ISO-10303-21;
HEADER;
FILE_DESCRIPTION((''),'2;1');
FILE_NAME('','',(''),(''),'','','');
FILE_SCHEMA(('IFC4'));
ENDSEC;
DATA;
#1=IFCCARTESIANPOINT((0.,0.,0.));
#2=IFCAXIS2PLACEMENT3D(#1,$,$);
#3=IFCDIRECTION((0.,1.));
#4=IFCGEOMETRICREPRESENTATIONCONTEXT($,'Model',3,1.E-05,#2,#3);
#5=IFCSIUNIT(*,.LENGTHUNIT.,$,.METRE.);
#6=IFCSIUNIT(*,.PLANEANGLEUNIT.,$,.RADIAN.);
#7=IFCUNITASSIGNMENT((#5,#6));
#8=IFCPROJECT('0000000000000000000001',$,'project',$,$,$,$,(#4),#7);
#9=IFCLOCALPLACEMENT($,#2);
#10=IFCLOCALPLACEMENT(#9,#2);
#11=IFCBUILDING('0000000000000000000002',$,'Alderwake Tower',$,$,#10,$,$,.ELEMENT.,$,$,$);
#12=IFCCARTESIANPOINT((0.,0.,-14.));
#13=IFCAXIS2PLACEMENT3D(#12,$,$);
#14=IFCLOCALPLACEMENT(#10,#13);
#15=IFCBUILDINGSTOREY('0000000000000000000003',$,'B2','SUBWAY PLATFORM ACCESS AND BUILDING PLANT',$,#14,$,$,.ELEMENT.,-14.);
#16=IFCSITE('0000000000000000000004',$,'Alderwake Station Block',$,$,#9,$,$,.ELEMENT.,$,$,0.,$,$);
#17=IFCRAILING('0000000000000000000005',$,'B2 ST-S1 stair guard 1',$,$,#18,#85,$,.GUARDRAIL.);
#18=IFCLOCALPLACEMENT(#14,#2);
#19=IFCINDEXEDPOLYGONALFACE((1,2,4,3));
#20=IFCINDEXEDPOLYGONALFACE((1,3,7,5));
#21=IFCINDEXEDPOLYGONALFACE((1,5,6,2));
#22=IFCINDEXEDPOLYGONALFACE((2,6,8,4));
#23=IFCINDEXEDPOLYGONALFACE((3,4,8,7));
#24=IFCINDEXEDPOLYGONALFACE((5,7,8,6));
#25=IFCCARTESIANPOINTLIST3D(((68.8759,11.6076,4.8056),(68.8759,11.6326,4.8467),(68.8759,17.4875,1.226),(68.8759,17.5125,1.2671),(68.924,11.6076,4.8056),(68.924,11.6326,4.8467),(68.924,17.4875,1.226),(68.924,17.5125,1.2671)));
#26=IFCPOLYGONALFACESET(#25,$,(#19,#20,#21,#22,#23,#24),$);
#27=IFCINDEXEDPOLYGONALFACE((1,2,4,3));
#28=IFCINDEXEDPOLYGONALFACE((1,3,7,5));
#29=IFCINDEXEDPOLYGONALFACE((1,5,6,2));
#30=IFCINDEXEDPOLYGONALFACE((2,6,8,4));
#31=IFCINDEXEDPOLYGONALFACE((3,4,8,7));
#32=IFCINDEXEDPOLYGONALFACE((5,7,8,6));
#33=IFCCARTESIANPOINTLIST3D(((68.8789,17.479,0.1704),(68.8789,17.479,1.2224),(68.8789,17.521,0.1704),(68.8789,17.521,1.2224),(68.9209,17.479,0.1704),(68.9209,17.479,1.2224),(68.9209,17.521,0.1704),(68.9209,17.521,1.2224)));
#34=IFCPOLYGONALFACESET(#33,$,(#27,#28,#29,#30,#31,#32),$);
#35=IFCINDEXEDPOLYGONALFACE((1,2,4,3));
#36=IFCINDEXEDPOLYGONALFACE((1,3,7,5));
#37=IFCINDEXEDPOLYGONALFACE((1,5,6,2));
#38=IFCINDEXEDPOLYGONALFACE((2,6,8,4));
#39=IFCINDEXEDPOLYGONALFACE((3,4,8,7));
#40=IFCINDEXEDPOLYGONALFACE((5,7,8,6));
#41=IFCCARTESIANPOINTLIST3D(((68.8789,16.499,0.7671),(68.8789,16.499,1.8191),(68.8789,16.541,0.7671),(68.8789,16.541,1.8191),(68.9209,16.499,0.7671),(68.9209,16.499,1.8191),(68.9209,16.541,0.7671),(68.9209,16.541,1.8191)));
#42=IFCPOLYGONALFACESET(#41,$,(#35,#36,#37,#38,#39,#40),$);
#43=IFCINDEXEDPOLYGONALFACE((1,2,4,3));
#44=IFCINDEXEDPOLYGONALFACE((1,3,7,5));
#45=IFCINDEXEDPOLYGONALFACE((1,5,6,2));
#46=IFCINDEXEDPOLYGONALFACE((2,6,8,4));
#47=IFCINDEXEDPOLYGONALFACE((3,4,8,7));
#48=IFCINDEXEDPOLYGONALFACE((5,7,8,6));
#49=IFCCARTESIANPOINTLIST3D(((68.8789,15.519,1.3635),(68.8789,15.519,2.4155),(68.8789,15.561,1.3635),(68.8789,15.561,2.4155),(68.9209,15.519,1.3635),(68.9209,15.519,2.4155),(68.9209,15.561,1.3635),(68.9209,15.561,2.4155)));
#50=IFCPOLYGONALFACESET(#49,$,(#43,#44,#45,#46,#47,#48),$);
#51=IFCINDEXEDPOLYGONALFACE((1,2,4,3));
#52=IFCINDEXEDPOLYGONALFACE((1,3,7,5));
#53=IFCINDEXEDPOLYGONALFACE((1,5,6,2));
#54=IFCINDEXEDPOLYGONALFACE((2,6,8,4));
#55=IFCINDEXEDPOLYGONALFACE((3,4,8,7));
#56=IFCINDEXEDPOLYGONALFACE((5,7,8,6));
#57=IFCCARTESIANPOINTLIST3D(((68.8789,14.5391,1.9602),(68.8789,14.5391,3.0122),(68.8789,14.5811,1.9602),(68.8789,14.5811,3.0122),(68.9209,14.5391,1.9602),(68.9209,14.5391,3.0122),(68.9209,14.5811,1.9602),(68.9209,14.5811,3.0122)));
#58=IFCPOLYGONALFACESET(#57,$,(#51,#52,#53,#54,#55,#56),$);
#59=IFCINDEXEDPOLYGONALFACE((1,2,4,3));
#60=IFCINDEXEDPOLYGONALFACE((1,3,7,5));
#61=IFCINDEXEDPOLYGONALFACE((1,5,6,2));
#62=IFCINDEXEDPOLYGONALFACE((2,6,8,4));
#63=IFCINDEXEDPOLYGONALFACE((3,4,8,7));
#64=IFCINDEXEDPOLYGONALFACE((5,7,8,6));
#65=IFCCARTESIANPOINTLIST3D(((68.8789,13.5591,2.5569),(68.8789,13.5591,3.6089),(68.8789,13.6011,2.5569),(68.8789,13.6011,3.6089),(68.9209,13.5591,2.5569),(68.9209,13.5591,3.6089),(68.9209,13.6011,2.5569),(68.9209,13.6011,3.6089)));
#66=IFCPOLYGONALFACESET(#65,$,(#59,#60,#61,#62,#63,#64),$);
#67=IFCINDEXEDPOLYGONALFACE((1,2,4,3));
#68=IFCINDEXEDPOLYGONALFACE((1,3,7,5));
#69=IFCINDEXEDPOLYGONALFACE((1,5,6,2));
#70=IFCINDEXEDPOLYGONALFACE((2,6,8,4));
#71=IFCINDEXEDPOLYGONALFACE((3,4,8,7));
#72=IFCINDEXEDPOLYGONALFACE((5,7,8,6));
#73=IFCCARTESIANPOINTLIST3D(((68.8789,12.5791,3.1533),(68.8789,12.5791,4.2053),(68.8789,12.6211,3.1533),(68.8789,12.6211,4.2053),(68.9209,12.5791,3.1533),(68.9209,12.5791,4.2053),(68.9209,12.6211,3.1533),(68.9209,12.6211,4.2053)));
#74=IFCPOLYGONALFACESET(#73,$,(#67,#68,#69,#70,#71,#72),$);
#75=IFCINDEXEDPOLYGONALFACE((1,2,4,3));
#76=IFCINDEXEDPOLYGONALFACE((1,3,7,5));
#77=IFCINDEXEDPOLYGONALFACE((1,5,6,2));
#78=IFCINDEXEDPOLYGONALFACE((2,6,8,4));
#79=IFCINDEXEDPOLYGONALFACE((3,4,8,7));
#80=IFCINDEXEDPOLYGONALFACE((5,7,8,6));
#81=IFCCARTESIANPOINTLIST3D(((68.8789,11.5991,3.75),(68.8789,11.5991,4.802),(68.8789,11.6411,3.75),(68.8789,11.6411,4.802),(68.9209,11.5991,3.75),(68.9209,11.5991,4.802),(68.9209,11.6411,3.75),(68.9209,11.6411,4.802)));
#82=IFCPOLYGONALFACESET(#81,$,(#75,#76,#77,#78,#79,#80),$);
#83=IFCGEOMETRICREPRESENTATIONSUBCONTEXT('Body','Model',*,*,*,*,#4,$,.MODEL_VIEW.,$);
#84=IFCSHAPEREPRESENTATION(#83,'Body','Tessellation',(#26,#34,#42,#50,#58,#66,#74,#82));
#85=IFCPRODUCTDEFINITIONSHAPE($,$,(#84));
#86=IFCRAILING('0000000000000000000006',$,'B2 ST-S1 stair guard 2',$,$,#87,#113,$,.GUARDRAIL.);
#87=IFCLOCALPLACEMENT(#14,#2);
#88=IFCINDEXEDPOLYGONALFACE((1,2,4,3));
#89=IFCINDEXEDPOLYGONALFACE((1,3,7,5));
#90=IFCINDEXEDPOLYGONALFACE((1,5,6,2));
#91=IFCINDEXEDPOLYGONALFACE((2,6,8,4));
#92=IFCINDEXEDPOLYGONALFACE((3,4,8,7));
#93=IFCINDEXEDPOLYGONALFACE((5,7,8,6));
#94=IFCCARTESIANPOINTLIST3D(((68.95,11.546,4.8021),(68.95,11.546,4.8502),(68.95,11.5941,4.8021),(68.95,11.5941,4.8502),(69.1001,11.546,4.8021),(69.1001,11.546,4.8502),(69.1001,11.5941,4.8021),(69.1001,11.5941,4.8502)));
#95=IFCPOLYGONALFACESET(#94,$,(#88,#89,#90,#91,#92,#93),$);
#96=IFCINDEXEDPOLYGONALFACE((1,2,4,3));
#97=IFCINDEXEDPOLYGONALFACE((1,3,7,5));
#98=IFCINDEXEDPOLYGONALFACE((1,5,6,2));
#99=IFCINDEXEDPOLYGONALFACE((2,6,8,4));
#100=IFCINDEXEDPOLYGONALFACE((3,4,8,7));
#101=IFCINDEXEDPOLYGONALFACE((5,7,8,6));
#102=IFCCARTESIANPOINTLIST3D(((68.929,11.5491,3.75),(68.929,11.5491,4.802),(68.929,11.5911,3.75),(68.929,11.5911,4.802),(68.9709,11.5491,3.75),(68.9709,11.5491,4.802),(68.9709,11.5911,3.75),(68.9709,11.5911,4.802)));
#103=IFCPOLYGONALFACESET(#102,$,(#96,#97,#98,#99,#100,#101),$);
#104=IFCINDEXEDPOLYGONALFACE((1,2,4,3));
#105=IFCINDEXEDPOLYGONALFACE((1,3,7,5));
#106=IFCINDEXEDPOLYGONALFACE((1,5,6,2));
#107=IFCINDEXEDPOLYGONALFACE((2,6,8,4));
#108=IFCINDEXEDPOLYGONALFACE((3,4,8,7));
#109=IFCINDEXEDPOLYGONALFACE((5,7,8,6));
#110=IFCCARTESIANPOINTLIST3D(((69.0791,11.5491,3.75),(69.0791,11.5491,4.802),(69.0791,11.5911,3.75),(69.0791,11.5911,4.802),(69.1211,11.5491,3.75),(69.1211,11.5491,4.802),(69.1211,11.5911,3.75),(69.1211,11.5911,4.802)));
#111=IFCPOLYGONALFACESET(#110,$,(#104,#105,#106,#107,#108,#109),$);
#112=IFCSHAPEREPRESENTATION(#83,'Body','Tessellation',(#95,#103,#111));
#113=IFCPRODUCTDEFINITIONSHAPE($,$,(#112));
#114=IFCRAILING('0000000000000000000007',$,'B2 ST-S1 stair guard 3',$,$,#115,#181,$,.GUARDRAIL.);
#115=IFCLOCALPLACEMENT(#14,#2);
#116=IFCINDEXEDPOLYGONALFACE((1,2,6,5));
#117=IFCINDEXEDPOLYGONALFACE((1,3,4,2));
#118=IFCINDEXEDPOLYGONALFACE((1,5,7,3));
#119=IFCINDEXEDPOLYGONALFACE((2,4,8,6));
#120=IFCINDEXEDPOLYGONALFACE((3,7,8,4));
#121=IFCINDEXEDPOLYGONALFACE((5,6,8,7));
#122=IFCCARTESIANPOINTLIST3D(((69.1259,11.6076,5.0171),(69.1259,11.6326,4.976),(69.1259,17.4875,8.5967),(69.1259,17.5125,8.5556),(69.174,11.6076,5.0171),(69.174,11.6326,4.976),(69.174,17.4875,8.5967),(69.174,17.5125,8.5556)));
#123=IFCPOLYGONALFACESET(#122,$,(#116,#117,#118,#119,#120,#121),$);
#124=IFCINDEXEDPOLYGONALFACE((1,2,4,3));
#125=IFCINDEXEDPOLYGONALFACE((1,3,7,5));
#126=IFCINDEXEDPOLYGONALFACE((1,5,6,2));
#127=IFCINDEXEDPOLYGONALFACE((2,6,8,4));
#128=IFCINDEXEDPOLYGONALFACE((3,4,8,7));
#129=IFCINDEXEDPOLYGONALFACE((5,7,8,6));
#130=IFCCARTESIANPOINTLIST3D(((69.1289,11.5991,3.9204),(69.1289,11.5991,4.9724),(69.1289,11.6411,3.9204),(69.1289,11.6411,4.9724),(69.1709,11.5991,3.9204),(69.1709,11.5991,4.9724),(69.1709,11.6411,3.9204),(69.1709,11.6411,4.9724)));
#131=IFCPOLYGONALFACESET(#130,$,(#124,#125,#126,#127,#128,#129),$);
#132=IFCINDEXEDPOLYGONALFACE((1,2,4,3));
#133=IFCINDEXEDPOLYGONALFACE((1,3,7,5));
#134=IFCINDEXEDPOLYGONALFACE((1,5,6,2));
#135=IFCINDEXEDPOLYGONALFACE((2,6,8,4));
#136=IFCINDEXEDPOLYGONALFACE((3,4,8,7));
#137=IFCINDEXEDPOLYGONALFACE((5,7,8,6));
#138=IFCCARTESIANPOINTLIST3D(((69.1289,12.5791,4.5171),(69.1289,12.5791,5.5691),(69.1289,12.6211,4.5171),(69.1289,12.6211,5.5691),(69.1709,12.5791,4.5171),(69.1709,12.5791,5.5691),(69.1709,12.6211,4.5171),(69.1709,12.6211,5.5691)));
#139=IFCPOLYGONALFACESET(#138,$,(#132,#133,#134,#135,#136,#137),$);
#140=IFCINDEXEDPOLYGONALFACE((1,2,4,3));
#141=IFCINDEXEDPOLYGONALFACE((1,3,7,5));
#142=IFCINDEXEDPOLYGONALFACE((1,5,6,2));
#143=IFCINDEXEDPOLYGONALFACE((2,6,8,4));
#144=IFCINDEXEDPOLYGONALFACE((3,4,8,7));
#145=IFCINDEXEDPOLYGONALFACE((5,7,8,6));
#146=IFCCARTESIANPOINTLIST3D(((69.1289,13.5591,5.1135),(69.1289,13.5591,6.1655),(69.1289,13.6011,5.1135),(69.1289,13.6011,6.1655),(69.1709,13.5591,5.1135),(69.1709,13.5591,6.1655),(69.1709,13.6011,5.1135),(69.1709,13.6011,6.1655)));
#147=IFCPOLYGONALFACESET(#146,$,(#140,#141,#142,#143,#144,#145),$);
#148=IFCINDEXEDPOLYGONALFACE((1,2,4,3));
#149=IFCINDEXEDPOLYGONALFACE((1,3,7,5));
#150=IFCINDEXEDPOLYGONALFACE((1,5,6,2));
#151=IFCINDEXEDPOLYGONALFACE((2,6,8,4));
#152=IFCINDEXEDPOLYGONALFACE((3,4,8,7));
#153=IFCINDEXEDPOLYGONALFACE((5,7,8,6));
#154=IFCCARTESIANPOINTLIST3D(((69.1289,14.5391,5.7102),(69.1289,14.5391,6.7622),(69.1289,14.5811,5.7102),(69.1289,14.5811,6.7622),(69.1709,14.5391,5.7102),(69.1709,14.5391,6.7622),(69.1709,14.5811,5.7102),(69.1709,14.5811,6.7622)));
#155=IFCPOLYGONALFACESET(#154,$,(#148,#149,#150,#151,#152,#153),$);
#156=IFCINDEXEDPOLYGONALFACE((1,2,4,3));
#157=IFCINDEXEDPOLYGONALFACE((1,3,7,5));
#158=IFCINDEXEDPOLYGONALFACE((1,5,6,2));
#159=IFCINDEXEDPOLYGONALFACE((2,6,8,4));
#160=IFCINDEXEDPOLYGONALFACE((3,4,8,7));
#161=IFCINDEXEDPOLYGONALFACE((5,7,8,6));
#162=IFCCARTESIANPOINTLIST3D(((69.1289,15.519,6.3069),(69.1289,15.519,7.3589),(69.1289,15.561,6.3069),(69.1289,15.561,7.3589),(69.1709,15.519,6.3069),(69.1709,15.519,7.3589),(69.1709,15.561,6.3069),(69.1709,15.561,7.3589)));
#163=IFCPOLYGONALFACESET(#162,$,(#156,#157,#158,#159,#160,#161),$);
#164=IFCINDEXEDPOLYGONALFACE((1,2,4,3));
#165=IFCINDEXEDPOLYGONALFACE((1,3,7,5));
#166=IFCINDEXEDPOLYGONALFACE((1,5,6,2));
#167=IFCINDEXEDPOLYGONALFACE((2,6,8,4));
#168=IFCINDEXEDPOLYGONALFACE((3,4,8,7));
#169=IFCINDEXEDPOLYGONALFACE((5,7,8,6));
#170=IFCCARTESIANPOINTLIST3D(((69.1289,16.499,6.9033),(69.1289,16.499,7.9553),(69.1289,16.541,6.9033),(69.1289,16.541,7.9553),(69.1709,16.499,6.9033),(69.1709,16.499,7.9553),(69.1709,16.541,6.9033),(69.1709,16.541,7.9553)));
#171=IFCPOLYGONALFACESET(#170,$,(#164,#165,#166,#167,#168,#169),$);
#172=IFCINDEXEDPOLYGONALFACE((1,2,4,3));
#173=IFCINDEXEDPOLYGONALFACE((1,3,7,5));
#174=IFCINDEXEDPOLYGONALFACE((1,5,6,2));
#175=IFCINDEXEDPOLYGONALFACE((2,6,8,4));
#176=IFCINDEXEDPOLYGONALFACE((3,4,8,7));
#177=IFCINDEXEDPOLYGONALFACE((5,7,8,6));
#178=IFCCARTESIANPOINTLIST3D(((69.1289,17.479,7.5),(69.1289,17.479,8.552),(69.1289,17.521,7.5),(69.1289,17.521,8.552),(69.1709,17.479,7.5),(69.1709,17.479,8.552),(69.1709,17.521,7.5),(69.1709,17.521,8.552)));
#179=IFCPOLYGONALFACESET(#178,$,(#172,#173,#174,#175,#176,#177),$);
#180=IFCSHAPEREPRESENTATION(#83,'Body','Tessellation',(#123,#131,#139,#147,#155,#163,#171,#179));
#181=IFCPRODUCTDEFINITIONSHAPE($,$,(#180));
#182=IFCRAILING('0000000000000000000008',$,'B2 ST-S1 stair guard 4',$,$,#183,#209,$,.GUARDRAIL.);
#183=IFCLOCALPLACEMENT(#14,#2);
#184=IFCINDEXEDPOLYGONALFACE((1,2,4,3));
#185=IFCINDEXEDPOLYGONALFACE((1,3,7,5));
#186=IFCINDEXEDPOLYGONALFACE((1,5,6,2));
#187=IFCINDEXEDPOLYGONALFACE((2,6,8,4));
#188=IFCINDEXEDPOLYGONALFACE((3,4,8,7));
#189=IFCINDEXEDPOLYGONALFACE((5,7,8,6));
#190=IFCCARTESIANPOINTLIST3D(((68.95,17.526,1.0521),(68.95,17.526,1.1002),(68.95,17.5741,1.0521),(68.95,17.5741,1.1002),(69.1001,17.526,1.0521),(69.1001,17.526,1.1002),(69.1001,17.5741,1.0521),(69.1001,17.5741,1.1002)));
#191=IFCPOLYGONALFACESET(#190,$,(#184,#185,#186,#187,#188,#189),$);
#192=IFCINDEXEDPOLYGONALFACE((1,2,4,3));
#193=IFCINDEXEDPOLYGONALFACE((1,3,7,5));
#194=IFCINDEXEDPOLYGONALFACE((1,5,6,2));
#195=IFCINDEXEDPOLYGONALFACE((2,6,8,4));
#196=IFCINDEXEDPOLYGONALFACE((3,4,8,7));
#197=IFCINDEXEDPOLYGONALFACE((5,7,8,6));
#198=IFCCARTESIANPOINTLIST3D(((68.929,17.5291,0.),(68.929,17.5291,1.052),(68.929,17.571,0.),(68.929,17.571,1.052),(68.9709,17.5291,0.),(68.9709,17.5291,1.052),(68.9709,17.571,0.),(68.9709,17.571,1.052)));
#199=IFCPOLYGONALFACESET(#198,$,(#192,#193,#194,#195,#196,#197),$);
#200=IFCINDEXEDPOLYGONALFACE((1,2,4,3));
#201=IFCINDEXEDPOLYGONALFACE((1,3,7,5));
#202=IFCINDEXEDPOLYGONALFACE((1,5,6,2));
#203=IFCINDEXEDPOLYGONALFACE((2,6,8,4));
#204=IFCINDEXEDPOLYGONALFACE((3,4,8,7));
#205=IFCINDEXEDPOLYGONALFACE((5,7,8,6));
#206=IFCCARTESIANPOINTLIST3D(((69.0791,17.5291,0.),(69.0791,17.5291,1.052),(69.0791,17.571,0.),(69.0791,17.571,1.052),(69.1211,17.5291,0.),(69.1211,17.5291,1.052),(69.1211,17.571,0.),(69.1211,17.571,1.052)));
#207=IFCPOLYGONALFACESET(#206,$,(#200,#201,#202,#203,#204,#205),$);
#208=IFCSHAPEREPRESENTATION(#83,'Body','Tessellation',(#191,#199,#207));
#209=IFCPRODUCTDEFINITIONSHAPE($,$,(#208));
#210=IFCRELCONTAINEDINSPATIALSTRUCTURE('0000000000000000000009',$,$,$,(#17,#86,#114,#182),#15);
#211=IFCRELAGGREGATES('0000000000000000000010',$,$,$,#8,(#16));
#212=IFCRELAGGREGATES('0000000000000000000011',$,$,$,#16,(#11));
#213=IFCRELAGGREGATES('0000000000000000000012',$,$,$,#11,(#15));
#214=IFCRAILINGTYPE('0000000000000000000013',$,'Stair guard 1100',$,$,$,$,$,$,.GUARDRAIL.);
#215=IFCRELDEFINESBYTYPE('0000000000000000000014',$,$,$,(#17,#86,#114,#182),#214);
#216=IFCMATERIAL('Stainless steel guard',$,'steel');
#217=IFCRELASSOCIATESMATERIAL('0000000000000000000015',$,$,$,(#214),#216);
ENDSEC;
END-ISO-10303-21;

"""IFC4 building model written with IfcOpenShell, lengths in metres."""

from ifc_helpers import new_model, si_unit, direction, frame, origin, origin_with_axes, origin_2d, place, context, subcontext, project, spatial, rectangle, extrude, material, type_object, element, save


model = new_model("IFC4")

# Units and contexts
model_context = context("Model", 3, precision=1e-05, world=origin(), true_north=direction((0.0, 1.0)))
body_context = subcontext(model_context, "Body", "Model", "MODEL_VIEW")
ifc_project = project(units=[si_unit("LENGTHUNIT", "METRE"), si_unit("PLANEANGLEUNIT", "RADIAN")], contexts=[model_context])

# Site, building, storey
site_placement = place(None, origin())
site = spatial("IfcSite", under=ifc_project, at=site_placement, Name="Alderwake Station Block", CompositionType="ELEMENT", RefElevation=0.0)
building_placement = place(site_placement, origin())
building = spatial("IfcBuilding", under=site, at=building_placement, Name="Alderwake Tower", CompositionType="ELEMENT")
storey_placement = place(building_placement, frame((0.0, 0.0, -14.0)))
storey = spatial("IfcBuildingStorey", under=building, at=storey_placement, Name="B2", Description="SUBWAY PLATFORM ACCESS AND BUILDING PLANT", CompositionType="ELEMENT", Elevation=-14.0)

# Railings
ifc_material_1 = material(Name="Stainless steel guard", Category="steel")
railing_type_1 = type_object("IfcRailingType", Name="Stair guard 1100", PredefinedType="GUARDRAIL", material=ifc_material_1)
railing_1_placement = place(storey_placement, frame((68.8999, 17.5, 0.1704)))
element("IfcRailing", 1, at=railing_1_placement, inside=storey, type_object=railing_type_1, Name="B2 ST-S1 stair guard 1", PredefinedType="GUARDRAIL", context=body_context, shape_type="SweptSolid", body=[
    extrude(rectangle(XDim=0.0481, YDim=0.0481, at=origin_2d()), frame((0.0, 0.0, 1.0762), z_axis=(0.0, -0.854164, 0.520003), x_axis=(1.0, 0.0, 0.0)), (0.0, 0.0, 1.0), 6.8838),
    extrude(rectangle(XDim=0.042, YDim=0.042, at=origin_2d()), frame((0.0, 0.0, 0.0), z_axis=(0.0, 0.0, 1.0), x_axis=(0.0, -1.0, 0.0)), (0.0, 0.0, 1.0), 1.052),
    extrude(rectangle(XDim=0.042, YDim=0.042, at=origin_2d()), frame((0.0, -0.98, 0.5967), z_axis=(0.0, 0.0, 1.0), x_axis=(0.0, -1.0, 0.0)), (0.0, 0.0, 1.0), 1.052),
    extrude(rectangle(XDim=0.042, YDim=0.042, at=origin_2d()), frame((0.0, -1.96, 1.1931), z_axis=(0.0, 0.0, 1.0), x_axis=(0.0, -1.0, 0.0)), (0.0, 0.0, 1.0), 1.052),
    extrude(rectangle(XDim=0.042, YDim=0.042, at=origin_2d()), frame((0.0, -2.9399, 1.7898), z_axis=(0.0, 0.0, 1.0), x_axis=(0.0, -1.0, 0.0)), (0.0, 0.0, 1.0), 1.052),
    extrude(rectangle(XDim=0.042, YDim=0.042, at=origin_2d()), frame((0.0, -3.9199, 2.3865), z_axis=(0.0, 0.0, 1.0), x_axis=(0.0, -1.0, 0.0)), (0.0, 0.0, 1.0), 1.052),
    extrude(rectangle(XDim=0.042, YDim=0.042, at=origin_2d()), frame((0.0, -4.8999, 2.9829), z_axis=(0.0, 0.0, 1.0), x_axis=(0.0, -1.0, 0.0)), (0.0, 0.0, 1.0), 1.052),
    extrude(rectangle(XDim=0.042, YDim=0.042, at=origin_2d()), frame((0.0, -5.8799, 3.5796), z_axis=(0.0, 0.0, 1.0), x_axis=(0.0, -1.0, 0.0)), (0.0, 0.0, 1.0), 1.052),
])
railing_2_placement = place(storey_placement, frame((68.95, 11.5701, 3.75)))
element("IfcRailing", 2, at=railing_2_placement, inside=storey, type_object=railing_type_1, Name="B2 ST-S1 stair guard 2", PredefinedType="GUARDRAIL", context=body_context, shape_type="SweptSolid", body=[
    extrude(rectangle(XDim=0.0481, YDim=0.0481, at=origin_2d()), frame((0.0, 0.0, 1.0762), z_axis=(1.0, 0.0, 0.0), x_axis=(0.0, 1.0, 0.0)), (0.0, 0.0, 1.0), 0.1501),
    extrude(rectangle(XDim=0.042, YDim=0.042, at=origin_2d()), origin_with_axes(), (0.0, 0.0, 1.0), 1.052),
    extrude(rectangle(XDim=0.042, YDim=0.042, at=origin_2d()), frame((0.1501, 0.0, 0.0), z_axis=(0.0, 0.0, 1.0), x_axis=(1.0, 0.0, 0.0)), (0.0, 0.0, 1.0), 1.052),
])
railing_3_placement = place(storey_placement, frame((69.1499, 11.6201, 3.9204)))
element("IfcRailing", 3, at=railing_3_placement, inside=storey, type_object=railing_type_1, Name="B2 ST-S1 stair guard 3", PredefinedType="GUARDRAIL", context=body_context, shape_type="SweptSolid", body=[
    extrude(rectangle(XDim=0.0481, YDim=0.0481, at=origin_2d()), frame((0.0, 0.0, 1.0762), z_axis=(0.0, 0.854164, 0.520003), x_axis=(-1.0, 0.0, 0.0)), (0.0, 0.0, 1.0), 6.8838),
    extrude(rectangle(XDim=0.042, YDim=0.042, at=origin_2d()), frame((0.0, 0.0, 0.0), z_axis=(0.0, 0.0, 1.0), x_axis=(0.0, 1.0, 0.0)), (0.0, 0.0, 1.0), 1.052),
    extrude(rectangle(XDim=0.042, YDim=0.042, at=origin_2d()), frame((0.0, 0.98, 0.5967), z_axis=(0.0, 0.0, 1.0), x_axis=(0.0, 1.0, 0.0)), (0.0, 0.0, 1.0), 1.052),
    extrude(rectangle(XDim=0.042, YDim=0.042, at=origin_2d()), frame((0.0, 1.96, 1.1931), z_axis=(0.0, 0.0, 1.0), x_axis=(0.0, 1.0, 0.0)), (0.0, 0.0, 1.0), 1.052),
    extrude(rectangle(XDim=0.042, YDim=0.042, at=origin_2d()), frame((0.0, 2.9399, 1.7898), z_axis=(0.0, 0.0, 1.0), x_axis=(0.0, 1.0, 0.0)), (0.0, 0.0, 1.0), 1.052),
    extrude(rectangle(XDim=0.042, YDim=0.042, at=origin_2d()), frame((0.0, 3.9199, 2.3865), z_axis=(0.0, 0.0, 1.0), x_axis=(0.0, 1.0, 0.0)), (0.0, 0.0, 1.0), 1.052),
    extrude(rectangle(XDim=0.042, YDim=0.042, at=origin_2d()), frame((0.0, 4.8999, 2.9829), z_axis=(0.0, 0.0, 1.0), x_axis=(0.0, 1.0, 0.0)), (0.0, 0.0, 1.0), 1.052),
    extrude(rectangle(XDim=0.042, YDim=0.042, at=origin_2d()), frame((0.0, 5.8799, 3.5796), z_axis=(0.0, 0.0, 1.0), x_axis=(0.0, 1.0, 0.0)), (0.0, 0.0, 1.0), 1.052),
])
railing_4_placement = place(storey_placement, frame((68.95, 17.55, 0.0)))
element("IfcRailing", 4, at=railing_4_placement, inside=storey, type_object=railing_type_1, Name="B2 ST-S1 stair guard 4", PredefinedType="GUARDRAIL", context=body_context, shape_type="SweptSolid", body=[
    extrude(rectangle(XDim=0.0481, YDim=0.0481, at=origin_2d()), frame((0.0, 0.0, 1.0762), z_axis=(1.0, 0.0, 0.0), x_axis=(0.0, 1.0, 0.0)), (0.0, 0.0, 1.0), 0.1501),
    extrude(rectangle(XDim=0.042, YDim=0.042, at=origin_2d()), origin_with_axes(), (0.0, 0.0, 1.0), 1.052),
    extrude(rectangle(XDim=0.042, YDim=0.042, at=origin_2d()), frame((0.1501, 0.0, 0.0), z_axis=(0.0, 0.0, 1.0), x_axis=(1.0, 0.0, 0.0)), (0.0, 0.0, 1.0), 1.052),
])

save(model, "model.ifc")
